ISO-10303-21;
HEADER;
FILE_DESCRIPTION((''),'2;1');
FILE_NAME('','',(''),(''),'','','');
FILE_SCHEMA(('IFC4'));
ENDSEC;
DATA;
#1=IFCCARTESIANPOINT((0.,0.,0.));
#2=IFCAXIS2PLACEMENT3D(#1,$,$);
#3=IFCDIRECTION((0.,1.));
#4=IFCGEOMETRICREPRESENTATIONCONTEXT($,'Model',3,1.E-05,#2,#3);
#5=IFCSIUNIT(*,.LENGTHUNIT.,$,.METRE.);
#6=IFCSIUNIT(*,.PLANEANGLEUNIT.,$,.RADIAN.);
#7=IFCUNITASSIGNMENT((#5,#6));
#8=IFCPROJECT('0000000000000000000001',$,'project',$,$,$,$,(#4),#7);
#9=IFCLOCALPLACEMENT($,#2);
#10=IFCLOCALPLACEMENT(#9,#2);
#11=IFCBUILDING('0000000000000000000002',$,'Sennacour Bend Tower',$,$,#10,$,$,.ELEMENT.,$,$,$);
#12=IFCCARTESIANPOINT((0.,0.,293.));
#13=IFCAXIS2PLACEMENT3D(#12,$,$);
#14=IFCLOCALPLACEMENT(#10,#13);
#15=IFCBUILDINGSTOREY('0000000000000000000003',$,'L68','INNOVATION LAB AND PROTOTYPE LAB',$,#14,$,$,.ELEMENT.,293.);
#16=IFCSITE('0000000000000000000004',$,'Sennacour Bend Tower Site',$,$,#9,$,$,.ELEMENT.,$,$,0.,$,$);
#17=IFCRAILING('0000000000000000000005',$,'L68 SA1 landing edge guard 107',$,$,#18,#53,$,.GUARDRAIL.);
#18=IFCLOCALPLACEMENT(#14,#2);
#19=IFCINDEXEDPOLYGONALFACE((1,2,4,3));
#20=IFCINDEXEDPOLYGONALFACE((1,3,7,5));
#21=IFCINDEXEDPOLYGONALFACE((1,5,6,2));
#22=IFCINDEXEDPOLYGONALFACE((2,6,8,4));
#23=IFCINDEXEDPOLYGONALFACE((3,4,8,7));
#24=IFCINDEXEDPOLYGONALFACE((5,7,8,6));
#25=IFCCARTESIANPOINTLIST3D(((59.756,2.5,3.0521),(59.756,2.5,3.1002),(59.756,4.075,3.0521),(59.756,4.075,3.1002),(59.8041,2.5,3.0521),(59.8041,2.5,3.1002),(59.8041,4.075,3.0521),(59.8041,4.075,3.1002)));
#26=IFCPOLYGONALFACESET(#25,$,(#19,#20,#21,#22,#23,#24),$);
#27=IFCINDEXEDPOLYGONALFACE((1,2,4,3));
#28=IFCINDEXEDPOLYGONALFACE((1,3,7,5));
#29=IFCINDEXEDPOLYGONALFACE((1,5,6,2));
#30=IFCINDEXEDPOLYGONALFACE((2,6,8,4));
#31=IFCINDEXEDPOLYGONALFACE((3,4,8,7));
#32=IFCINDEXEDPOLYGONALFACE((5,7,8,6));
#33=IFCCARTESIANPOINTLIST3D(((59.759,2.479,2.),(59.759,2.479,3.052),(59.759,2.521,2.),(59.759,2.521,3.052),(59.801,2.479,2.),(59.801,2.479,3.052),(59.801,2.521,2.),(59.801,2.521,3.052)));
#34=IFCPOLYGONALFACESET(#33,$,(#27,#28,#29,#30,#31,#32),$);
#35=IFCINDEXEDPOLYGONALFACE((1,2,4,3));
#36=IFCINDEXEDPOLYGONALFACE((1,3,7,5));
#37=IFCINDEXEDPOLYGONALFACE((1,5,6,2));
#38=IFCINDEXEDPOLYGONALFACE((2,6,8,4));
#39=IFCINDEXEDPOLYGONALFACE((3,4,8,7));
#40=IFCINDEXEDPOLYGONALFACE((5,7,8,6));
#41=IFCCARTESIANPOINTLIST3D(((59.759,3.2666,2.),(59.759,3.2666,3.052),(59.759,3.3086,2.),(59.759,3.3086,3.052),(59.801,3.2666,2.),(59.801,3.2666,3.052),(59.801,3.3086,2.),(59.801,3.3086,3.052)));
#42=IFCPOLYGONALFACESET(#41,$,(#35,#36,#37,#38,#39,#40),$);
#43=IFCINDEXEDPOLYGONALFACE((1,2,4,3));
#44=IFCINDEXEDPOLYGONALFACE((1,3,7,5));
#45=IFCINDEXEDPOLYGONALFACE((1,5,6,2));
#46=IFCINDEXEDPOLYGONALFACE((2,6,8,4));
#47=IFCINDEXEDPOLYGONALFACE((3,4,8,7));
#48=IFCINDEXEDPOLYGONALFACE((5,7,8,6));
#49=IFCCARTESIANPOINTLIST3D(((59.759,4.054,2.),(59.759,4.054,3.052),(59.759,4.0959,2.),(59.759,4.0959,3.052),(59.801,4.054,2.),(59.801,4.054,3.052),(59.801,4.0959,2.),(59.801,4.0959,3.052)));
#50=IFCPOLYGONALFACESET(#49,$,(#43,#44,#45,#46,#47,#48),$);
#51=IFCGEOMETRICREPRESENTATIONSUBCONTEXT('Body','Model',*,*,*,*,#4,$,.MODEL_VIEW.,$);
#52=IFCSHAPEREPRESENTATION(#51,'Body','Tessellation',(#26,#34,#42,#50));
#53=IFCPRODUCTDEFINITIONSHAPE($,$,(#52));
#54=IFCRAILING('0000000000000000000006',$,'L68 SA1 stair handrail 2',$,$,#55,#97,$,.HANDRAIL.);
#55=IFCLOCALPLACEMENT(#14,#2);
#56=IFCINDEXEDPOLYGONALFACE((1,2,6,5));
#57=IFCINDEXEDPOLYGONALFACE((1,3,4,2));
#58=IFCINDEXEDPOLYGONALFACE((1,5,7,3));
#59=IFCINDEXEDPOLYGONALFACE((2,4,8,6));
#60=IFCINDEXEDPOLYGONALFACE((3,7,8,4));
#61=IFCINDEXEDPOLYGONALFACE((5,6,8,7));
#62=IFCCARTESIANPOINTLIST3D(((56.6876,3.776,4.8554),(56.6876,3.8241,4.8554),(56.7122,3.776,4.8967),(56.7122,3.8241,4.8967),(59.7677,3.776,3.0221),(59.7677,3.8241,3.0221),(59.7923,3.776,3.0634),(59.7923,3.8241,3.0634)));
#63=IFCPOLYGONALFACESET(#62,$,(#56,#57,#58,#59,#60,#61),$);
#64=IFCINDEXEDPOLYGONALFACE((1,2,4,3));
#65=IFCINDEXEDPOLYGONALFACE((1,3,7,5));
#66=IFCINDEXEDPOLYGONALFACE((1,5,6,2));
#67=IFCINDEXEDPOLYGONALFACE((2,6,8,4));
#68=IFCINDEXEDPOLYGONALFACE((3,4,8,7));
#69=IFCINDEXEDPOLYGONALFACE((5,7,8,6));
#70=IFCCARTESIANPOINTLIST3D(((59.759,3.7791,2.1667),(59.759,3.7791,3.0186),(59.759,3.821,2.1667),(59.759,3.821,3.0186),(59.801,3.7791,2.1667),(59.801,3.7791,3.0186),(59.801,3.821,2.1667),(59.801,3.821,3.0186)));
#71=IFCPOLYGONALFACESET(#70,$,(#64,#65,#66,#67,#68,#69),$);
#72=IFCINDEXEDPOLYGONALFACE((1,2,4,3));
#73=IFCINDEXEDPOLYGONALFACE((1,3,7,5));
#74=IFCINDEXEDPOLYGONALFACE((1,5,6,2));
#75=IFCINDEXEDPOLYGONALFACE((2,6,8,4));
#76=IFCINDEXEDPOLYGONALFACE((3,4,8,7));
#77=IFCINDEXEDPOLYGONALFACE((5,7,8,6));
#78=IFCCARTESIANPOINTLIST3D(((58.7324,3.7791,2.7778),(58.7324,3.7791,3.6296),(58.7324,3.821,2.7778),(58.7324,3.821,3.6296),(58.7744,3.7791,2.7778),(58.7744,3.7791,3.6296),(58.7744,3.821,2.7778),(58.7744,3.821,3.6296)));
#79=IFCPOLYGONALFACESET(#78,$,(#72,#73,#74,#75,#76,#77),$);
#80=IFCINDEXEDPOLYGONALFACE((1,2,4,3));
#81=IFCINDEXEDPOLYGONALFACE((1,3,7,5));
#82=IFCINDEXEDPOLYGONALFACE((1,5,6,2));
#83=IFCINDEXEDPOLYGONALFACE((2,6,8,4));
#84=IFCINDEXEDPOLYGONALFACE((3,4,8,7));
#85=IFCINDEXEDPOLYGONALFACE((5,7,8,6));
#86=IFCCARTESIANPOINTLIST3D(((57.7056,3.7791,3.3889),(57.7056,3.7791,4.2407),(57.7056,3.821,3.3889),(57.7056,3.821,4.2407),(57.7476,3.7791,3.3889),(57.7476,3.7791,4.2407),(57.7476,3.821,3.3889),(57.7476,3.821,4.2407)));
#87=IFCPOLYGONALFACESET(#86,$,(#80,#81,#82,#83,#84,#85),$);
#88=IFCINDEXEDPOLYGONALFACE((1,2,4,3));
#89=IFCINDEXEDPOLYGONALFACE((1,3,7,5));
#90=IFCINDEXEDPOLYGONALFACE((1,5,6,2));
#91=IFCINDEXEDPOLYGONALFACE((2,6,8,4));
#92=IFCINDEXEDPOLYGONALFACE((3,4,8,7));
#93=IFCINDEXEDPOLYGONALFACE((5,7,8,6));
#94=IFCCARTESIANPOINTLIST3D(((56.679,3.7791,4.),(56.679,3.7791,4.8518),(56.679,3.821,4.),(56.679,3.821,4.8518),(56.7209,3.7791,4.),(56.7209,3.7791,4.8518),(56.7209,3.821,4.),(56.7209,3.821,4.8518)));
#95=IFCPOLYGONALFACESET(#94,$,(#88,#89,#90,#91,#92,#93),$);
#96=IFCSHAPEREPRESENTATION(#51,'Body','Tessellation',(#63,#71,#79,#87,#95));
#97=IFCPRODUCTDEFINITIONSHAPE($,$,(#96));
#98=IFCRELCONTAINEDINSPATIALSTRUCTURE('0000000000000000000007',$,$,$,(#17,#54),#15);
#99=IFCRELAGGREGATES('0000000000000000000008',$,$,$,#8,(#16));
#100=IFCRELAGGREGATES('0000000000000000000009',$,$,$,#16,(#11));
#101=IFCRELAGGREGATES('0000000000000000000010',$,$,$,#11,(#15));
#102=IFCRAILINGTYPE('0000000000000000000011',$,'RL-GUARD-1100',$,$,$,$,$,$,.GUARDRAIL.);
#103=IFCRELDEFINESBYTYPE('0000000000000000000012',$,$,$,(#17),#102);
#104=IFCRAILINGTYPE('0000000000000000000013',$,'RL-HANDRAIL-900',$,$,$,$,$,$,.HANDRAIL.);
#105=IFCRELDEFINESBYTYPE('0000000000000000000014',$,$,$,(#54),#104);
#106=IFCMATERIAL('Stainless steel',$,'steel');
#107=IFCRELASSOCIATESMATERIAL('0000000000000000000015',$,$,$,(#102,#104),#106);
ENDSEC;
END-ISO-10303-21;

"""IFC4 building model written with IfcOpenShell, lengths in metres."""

from ifc_helpers import new_model, si_unit, direction, frame, origin, origin_2d, place, context, subcontext, project, spatial, rectangle, extrude, material, type_object, element, save


model = new_model("IFC4")

# Units and contexts
model_context = context("Model", 3, precision=1e-05, world=origin(), true_north=direction((0.0, 1.0)))
body_context = subcontext(model_context, "Body", "Model", "MODEL_VIEW")
ifc_project = project(units=[si_unit("LENGTHUNIT", "METRE"), si_unit("PLANEANGLEUNIT", "RADIAN")], contexts=[model_context])

# Site, building, storey
site_placement = place(None, origin())
site = spatial("IfcSite", under=ifc_project, at=site_placement, Name="Sennacour Bend Tower Site", CompositionType="ELEMENT", RefElevation=0.0)
building_placement = place(site_placement, origin())
building = spatial("IfcBuilding", under=site, at=building_placement, Name="Sennacour Bend Tower", CompositionType="ELEMENT")
storey_placement = place(building_placement, frame((0.0, 0.0, 293.0)))
storey = spatial("IfcBuildingStorey", under=building, at=storey_placement, Name="L68", Description="INNOVATION LAB AND PROTOTYPE LAB", CompositionType="ELEMENT", Elevation=293.0)

# Railings
ifc_material_1 = material(Name="Stainless steel", Category="steel")
railing_type_1 = type_object("IfcRailingType", Name="RL-GUARD-1100", PredefinedType="GUARDRAIL", material=ifc_material_1)
railing_1_placement = place(storey_placement, frame((59.78, 2.5, 2.0)))
element("IfcRailing", 1, at=railing_1_placement, inside=storey, type_object=railing_type_1, Name="L68 SA1 landing edge guard 107", PredefinedType="GUARDRAIL", context=body_context, shape_type="SweptSolid", body=[
    extrude(rectangle(XDim=0.0481, YDim=0.0481, at=origin_2d()), frame((0.0, 0.0, 1.0762), z_axis=(0.0, 1.0, 0.0), x_axis=(-1.0, 0.0, 0.0)), (0.0, 0.0, 1.0), 1.575),
    extrude(rectangle(XDim=0.042, YDim=0.042, at=origin_2d()), origin(), (0.0, 0.0, 1.0), 1.052),
    extrude(rectangle(XDim=0.042, YDim=0.042, at=origin_2d()), frame((0.0, 0.7876, 0.0)), (0.0, 0.0, 1.0), 1.052),
    extrude(rectangle(XDim=0.042, YDim=0.042, at=origin_2d()), frame((0.0, 1.575, 0.0)), (0.0, 0.0, 1.0), 1.052),
])
railing_type_2 = type_object("IfcRailingType", Name="RL-HANDRAIL-900", PredefinedType="HANDRAIL", material=ifc_material_1)
railing_2_placement = place(storey_placement, frame((59.78, 3.8, 2.1667)))
element("IfcRailing", 2, at=railing_2_placement, inside=storey, type_object=railing_type_2, Name="L68 SA1 stair handrail 2", PredefinedType="HANDRAIL", context=body_context, shape_type="SweptSolid", body=[
    extrude(rectangle(XDim=0.0481, YDim=0.0481, at=origin_2d()), frame((0.0, 0.0, 0.876), z_axis=(-0.859309, 0.0, 0.511458), x_axis=(0.0, -1.0, 0.0)), (0.0, 0.0, 1.0), 3.5845),
    extrude(rectangle(XDim=0.042, YDim=0.042, at=origin_2d()), origin(), (0.0, 0.0, 1.0), 0.8518),
    extrude(rectangle(XDim=0.042, YDim=0.042, at=origin_2d()), frame((-1.0266, 0.0, 0.6111)), (0.0, 0.0, 1.0), 0.8518),
    extrude(rectangle(XDim=0.042, YDim=0.042, at=origin_2d()), frame((-2.0535, 0.0, 1.2222)), (0.0, 0.0, 1.0), 0.8518),
    extrude(rectangle(XDim=0.042, YDim=0.042, at=origin_2d()), frame((-3.0801, 0.0, 1.8333)), (0.0, 0.0, 1.0), 0.8518),
])

save(model, "model.ifc")
